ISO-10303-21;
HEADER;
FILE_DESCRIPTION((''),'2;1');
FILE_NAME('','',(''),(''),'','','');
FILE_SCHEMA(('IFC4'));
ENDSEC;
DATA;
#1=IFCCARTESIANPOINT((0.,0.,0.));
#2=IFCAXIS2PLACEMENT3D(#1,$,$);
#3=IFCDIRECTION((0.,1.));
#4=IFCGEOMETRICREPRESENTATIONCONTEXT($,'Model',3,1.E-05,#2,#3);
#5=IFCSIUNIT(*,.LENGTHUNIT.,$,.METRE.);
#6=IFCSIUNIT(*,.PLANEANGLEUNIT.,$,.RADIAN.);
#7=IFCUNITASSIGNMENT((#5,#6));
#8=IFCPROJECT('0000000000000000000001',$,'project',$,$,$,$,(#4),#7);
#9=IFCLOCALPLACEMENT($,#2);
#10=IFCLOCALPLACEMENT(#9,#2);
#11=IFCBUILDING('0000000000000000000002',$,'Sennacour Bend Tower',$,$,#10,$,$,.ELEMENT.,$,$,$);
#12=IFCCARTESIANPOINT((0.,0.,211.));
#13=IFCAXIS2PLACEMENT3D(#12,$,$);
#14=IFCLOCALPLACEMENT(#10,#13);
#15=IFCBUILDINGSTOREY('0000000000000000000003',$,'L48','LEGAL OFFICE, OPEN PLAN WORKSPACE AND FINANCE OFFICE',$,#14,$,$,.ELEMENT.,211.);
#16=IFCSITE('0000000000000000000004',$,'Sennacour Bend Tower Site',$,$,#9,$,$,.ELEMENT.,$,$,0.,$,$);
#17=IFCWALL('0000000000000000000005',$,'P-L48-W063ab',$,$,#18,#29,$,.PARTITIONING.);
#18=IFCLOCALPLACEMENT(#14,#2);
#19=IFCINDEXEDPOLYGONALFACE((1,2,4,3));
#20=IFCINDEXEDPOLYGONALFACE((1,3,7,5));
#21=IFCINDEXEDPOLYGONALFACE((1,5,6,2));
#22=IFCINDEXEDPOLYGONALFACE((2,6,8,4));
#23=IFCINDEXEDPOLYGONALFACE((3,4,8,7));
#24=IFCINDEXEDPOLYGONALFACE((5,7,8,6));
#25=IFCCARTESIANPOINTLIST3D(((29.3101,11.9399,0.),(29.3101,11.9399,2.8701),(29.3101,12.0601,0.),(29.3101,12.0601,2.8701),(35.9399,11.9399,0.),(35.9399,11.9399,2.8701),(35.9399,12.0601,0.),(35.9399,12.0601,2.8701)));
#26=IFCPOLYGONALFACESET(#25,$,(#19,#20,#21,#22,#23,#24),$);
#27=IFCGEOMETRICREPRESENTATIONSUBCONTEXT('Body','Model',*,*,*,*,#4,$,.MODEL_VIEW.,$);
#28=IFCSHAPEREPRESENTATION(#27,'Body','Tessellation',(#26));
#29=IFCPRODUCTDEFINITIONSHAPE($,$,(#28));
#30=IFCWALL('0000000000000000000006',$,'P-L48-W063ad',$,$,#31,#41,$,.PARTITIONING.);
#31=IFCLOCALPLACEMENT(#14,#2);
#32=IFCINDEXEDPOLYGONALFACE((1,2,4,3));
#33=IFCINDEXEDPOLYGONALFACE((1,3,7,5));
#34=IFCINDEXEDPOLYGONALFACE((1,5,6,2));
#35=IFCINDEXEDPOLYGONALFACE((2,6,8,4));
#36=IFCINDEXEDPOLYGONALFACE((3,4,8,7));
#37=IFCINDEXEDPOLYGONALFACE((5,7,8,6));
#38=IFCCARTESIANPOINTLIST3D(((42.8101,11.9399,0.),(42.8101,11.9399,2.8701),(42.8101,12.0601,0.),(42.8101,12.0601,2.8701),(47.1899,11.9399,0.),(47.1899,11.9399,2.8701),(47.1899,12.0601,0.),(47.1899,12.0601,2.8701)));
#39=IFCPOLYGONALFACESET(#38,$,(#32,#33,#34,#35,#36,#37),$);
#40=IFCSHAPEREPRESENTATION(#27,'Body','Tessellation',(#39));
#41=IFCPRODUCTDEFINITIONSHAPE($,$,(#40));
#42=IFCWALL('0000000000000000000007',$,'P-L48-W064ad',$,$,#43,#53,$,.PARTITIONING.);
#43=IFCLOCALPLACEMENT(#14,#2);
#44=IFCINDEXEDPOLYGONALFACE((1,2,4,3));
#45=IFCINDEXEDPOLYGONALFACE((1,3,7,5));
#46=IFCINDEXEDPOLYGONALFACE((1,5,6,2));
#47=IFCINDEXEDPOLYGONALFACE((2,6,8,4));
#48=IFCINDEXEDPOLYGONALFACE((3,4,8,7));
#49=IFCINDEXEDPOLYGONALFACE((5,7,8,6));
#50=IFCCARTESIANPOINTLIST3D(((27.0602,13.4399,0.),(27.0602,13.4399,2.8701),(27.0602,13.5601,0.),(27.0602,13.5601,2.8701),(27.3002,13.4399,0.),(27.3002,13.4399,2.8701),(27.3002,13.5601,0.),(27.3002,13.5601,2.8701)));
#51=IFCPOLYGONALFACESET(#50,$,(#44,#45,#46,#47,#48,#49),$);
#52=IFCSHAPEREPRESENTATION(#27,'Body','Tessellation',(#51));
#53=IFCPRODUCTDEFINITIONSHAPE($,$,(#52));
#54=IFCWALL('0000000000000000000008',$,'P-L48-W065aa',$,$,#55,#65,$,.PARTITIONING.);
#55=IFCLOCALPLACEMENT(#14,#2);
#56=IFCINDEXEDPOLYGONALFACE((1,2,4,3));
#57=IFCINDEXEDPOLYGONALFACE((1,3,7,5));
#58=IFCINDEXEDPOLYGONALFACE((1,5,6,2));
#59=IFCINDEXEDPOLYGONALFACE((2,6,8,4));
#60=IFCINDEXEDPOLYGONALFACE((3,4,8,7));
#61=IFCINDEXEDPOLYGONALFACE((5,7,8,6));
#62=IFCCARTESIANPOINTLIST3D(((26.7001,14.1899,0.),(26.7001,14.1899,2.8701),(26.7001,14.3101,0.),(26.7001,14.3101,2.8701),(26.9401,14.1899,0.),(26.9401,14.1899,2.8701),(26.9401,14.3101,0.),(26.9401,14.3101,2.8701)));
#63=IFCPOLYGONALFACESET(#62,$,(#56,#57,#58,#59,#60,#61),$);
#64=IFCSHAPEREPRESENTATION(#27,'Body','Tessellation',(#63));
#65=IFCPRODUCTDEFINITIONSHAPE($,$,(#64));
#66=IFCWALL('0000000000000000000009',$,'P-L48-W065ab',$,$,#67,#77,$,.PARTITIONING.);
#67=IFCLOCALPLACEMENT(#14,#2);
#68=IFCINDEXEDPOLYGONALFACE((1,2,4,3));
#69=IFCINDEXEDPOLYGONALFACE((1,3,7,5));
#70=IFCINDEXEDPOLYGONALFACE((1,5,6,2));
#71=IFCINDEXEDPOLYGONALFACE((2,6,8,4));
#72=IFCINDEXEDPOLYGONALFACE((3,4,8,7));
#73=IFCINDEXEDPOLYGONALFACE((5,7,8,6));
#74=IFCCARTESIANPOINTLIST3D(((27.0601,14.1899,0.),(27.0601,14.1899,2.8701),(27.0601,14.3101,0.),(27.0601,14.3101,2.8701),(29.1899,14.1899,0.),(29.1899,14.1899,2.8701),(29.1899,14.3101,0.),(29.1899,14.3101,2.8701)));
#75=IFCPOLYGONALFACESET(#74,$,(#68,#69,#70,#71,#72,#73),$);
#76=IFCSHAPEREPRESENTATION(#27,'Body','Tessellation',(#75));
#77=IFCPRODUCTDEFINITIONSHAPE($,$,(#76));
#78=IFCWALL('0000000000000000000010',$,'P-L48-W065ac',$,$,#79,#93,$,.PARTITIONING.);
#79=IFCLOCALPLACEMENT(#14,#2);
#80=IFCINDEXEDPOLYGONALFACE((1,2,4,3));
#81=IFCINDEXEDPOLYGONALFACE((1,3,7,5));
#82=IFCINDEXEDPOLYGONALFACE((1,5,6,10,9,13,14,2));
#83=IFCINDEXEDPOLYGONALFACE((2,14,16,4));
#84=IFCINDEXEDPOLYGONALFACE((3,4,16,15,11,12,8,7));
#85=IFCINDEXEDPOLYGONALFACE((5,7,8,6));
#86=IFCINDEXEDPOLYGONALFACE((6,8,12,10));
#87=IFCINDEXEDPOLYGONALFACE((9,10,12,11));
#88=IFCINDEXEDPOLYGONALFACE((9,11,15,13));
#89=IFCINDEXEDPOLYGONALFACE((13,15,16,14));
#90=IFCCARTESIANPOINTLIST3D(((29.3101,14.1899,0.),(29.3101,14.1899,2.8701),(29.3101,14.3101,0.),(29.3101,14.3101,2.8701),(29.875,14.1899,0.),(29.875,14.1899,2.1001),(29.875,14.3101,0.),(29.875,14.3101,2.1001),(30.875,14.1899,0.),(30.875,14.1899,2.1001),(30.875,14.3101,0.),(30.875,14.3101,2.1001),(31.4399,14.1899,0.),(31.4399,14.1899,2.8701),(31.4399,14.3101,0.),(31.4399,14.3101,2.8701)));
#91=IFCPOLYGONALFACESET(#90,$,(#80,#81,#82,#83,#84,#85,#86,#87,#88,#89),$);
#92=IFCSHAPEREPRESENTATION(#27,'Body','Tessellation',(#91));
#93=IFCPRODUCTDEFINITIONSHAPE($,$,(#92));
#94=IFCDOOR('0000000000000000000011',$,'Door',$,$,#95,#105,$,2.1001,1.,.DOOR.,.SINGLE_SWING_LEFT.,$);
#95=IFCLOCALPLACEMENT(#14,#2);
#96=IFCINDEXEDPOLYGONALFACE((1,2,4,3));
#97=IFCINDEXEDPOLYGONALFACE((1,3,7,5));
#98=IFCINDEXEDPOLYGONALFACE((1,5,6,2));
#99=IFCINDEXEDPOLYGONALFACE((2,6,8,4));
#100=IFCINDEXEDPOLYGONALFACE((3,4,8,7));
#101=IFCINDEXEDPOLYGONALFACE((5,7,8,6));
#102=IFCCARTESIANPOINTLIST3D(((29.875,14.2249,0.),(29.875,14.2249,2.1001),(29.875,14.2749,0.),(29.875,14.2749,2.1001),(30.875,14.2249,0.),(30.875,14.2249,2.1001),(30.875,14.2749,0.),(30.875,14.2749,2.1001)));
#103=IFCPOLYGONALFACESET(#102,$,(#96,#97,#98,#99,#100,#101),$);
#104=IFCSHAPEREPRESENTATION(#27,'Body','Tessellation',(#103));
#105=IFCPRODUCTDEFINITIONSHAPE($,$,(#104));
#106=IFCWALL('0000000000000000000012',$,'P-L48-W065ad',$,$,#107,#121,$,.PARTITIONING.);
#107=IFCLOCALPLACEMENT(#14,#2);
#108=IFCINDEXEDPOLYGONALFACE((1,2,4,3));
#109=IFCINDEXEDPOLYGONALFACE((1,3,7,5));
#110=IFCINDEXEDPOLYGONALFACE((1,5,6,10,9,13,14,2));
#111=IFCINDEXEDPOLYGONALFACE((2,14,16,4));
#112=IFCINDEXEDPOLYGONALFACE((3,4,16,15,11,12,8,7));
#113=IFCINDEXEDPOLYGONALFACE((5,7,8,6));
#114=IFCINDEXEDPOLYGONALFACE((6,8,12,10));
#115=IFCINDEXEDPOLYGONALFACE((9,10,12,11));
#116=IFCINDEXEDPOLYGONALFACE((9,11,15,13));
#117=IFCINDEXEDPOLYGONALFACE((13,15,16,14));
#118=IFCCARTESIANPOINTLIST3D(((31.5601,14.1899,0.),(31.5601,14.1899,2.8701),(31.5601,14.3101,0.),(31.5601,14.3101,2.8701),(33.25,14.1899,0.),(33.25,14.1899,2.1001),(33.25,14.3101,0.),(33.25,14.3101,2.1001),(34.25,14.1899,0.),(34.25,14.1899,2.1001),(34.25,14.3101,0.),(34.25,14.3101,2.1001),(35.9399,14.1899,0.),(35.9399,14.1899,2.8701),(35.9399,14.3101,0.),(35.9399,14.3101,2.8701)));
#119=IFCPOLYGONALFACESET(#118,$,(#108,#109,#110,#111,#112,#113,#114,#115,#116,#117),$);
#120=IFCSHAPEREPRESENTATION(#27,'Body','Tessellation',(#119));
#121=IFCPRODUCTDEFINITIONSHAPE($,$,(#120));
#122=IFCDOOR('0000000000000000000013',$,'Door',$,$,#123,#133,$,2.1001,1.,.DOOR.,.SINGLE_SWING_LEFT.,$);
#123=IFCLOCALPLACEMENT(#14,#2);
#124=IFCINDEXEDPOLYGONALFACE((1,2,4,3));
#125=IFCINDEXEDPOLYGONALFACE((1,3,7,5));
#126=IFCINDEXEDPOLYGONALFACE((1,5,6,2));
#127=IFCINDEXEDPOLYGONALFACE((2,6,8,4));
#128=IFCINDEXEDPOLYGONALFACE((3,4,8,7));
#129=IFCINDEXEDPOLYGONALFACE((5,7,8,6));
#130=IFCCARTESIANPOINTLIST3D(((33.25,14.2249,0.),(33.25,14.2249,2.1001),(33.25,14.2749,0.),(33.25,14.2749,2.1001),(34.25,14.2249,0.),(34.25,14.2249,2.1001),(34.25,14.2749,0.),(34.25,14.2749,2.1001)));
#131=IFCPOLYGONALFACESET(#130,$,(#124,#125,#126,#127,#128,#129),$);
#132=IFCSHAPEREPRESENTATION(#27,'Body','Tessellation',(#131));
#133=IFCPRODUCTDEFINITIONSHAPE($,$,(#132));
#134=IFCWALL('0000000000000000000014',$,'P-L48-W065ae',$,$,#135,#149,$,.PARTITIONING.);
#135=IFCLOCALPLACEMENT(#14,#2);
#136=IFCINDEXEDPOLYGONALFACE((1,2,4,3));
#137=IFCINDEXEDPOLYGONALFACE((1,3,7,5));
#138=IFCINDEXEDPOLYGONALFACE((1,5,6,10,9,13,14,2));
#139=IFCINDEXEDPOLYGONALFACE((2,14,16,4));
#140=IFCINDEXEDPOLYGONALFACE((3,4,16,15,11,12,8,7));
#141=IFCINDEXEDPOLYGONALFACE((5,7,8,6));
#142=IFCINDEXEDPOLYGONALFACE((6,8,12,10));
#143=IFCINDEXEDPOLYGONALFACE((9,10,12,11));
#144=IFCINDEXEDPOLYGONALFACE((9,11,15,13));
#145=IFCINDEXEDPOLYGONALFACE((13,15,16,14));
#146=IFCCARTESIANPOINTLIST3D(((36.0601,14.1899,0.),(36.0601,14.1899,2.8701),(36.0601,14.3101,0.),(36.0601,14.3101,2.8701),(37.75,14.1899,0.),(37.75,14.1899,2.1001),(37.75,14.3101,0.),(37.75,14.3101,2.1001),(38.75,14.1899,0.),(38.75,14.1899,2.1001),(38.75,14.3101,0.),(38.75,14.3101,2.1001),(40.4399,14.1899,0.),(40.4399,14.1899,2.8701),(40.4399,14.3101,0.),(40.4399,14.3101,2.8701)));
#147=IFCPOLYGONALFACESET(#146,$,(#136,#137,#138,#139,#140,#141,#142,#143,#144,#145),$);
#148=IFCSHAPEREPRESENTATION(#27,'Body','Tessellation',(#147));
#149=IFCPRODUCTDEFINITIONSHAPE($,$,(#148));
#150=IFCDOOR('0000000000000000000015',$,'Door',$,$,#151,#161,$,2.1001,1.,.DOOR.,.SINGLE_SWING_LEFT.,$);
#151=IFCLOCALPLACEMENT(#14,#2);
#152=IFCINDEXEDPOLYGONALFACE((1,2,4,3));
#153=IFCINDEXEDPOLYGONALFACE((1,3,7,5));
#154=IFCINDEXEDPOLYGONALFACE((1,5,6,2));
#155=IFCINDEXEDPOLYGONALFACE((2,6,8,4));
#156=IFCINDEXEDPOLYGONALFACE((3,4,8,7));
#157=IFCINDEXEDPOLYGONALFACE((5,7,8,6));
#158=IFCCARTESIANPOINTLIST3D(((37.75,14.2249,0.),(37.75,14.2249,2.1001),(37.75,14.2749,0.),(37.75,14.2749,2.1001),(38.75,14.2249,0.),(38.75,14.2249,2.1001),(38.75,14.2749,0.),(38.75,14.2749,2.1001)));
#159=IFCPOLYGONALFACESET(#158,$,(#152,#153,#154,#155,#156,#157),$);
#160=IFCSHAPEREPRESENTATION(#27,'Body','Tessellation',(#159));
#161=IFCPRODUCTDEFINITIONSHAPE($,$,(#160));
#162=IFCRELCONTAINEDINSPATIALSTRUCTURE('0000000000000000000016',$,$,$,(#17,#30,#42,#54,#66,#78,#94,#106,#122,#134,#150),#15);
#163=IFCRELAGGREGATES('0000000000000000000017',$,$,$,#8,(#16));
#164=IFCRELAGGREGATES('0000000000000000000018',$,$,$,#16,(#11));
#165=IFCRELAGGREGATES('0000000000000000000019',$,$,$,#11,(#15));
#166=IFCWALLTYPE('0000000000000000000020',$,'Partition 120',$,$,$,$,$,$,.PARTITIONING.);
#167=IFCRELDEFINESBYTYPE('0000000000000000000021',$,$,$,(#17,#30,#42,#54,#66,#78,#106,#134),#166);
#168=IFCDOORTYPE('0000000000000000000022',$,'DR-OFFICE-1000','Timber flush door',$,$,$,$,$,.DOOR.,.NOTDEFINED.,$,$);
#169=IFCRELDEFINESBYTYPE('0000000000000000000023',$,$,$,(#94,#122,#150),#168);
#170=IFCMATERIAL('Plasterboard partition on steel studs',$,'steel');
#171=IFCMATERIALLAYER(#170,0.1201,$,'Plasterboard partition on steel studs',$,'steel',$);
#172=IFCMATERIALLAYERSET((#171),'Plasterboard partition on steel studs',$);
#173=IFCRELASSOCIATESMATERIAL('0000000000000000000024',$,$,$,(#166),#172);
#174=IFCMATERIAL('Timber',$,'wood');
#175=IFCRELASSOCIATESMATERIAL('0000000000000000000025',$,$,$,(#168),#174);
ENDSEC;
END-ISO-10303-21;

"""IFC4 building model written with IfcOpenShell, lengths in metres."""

from ifc_helpers import new_model, si_unit, direction, frame, frame_2d, origin, place, context, subcontext, project, spatial, rectangle, extrude, material, layer, layer_set, type_object, element, fill, save


model = new_model("IFC4")

# Units and contexts
model_context = context("Model", 3, precision=1e-05, world=origin(), true_north=direction((0.0, 1.0)))
body_context = subcontext(model_context, "Body", "Model", "MODEL_VIEW")
ifc_project = project(units=[si_unit("LENGTHUNIT", "METRE"), si_unit("PLANEANGLEUNIT", "RADIAN")], contexts=[model_context])

# Site, building, storey
site_placement = place(None, origin())
site = spatial("IfcSite", under=ifc_project, at=site_placement, Name="Sennacour Bend Tower Site", CompositionType="ELEMENT", RefElevation=0.0)
building_placement = place(site_placement, origin())
building = spatial("IfcBuilding", under=site, at=building_placement, Name="Sennacour Bend Tower", CompositionType="ELEMENT")
storey_placement = place(building_placement, frame((0.0, 0.0, 211.0)))
storey = spatial("IfcBuildingStorey", under=building, at=storey_placement, Name="L48", Description="LEGAL OFFICE, OPEN PLAN WORKSPACE AND FINANCE OFFICE", CompositionType="ELEMENT", Elevation=211.0)

# Walls
ifc_material_1 = material(Name="Plasterboard partition on steel studs", Category="steel")
ifc_layer_1 = layer(ifc_material_1, 0.1201, Name="Plasterboard partition on steel studs", Category="steel")
ifc_layer_set_1 = layer_set([ifc_layer_1], Name="Plasterboard partition on steel studs")
wall_type_1 = type_object("IfcWallType", Name="Partition 120", PredefinedType="PARTITIONING", material=ifc_layer_set_1)
wall_1_placement = place(storey_placement, frame((29.3101, 12.0, 0.0), z_axis=(0.0, 0.0, 1.0), x_axis=(1.0, 0.0, 0.0)))
element("IfcWall", 1, at=wall_1_placement, inside=storey, type_object=wall_type_1, Name="P-L48-W063ab", PredefinedType="PARTITIONING", context=body_context, shape_type="SweptSolid", body=[
    extrude(rectangle(XDim=6.6299, YDim=0.1201, at=frame_2d((3.3149, 0.0))), origin(), (0.0, 0.0, 1.0), 2.8701),
])
wall_2_placement = place(storey_placement, frame((42.8101, 12.0, 0.0), z_axis=(0.0, 0.0, 1.0), x_axis=(1.0, 0.0, 0.0)))
element("IfcWall", 2, at=wall_2_placement, inside=storey, type_object=wall_type_1, Name="P-L48-W063ad", PredefinedType="PARTITIONING", context=body_context, shape_type="SweptSolid", body=[
    extrude(rectangle(XDim=4.3799, YDim=0.1201, at=frame_2d((2.1899, 0.0))), origin(), (0.0, 0.0, 1.0), 2.8701),
])
for number, where, z_axis, x_axis, name in (
    (3, (27.0601, 13.5, 0.0), (0.0, 0.0, 1.0), (1.0, 0.0, 0.0), "P-L48-W064ad"),
    (4, (26.7, 14.25, 0.0), (0.0, 0.0, 1.0), (1.0, 0.0, 0.0), "P-L48-W065aa"),
):
    element("IfcWall", number, at=place(storey_placement, frame(where, z_axis=z_axis, x_axis=x_axis)), inside=storey, type_object=wall_type_1, Name=name, PredefinedType="PARTITIONING", context=body_context, shape_type="SweptSolid", body=[
        extrude(rectangle(XDim=0.24, YDim=0.1201, at=frame_2d((0.1201, 0.0))), origin(), (0.0, 0.0, 1.0), 2.8701),
    ])
wall_3_placement = place(storey_placement, frame((27.0601, 14.25, 0.0), z_axis=(0.0, 0.0, 1.0), x_axis=(1.0, 0.0, 0.0)))
element("IfcWall", 5, at=wall_3_placement, inside=storey, type_object=wall_type_1, Name="P-L48-W065ab", PredefinedType="PARTITIONING", context=body_context, shape_type="SweptSolid", body=[
    extrude(rectangle(XDim=2.1299, YDim=0.1201, at=frame_2d((1.0649, 0.0))), origin(), (0.0, 0.0, 1.0), 2.8701),
])

# Walls, openings, doors
wall_4_placement = place(storey_placement, frame((29.3101, 14.25, 0.0), z_axis=(0.0, 0.0, 1.0), x_axis=(1.0, 0.0, 0.0)))
wall_4 = element("IfcWall", 6, at=wall_4_placement, inside=storey, type_object=wall_type_1, Name="P-L48-W065ac", PredefinedType="PARTITIONING", context=body_context, shape_type="SweptSolid", body=[
    extrude(rectangle(XDim=2.1299, YDim=0.1201, at=frame_2d((1.0649, 0.0))), origin(), (0.0, 0.0, 1.0), 2.8701),
])
opening_1_placement = place(wall_4_placement, frame((0.5649, 0.0, 0.0)))
opening_1 = element("IfcOpeningElement", 7, at=opening_1_placement, cuts=wall_4, PredefinedType="OPENING", context=body_context, shape_type="SweptSolid", body=[
    extrude(rectangle(XDim=1.0, YDim=2.1001, at=frame_2d((0.5, 1.05))), frame((0.0, 0.0701, 0.0), z_axis=(0.0, -1.0, 0.0), x_axis=(1.0, 0.0, 0.0)), (0.0, 0.0, 1.0), 0.1401),
])
ifc_material_2 = material(Name="Timber", Category="wood")
door_type_1 = type_object("IfcDoorType", Name="DR-OFFICE-1000", Description="Timber flush door", OperationType="NOTDEFINED", PredefinedType="DOOR", material=ifc_material_2)
door_1_placement = place(opening_1_placement, origin())
door_1 = element("IfcDoor", 8, at=door_1_placement, inside=storey, type_object=door_type_1, Name="Door", OperationType="SINGLE_SWING_LEFT", OverallHeight=2.1001, OverallWidth=1.0, PredefinedType="DOOR", context=body_context, shape_type="SweptSolid", body=[
    extrude(rectangle(XDim=1.0, YDim=2.1001, at=frame_2d((0.5, 1.05))), frame((0.0, 0.0249, 0.0), z_axis=(0.0, -1.0, 0.0), x_axis=(1.0, 0.0, 0.0)), (0.0, 0.0, 1.0), 0.05),
])
fill(opening_1, door_1)
wall_5_placement = place(storey_placement, frame((31.5601, 14.25, 0.0), z_axis=(0.0, 0.0, 1.0), x_axis=(1.0, 0.0, 0.0)))
wall_5 = element("IfcWall", 9, at=wall_5_placement, inside=storey, type_object=wall_type_1, Name="P-L48-W065ad", PredefinedType="PARTITIONING", context=body_context, shape_type="SweptSolid", body=[
    extrude(rectangle(XDim=4.3799, YDim=0.1201, at=frame_2d((2.1899, 0.0))), origin(), (0.0, 0.0, 1.0), 2.8701),
])
opening_2_placement = place(wall_5_placement, frame((1.6899, 0.0, 0.0)))
opening_2 = element("IfcOpeningElement", 10, at=opening_2_placement, cuts=wall_5, PredefinedType="OPENING", context=body_context, shape_type="SweptSolid", body=[
    extrude(rectangle(XDim=1.0, YDim=2.1001, at=frame_2d((0.5, 1.05))), frame((0.0, 0.0701, 0.0), z_axis=(0.0, -1.0, 0.0), x_axis=(1.0, 0.0, 0.0)), (0.0, 0.0, 1.0), 0.1401),
])
door_2_placement = place(opening_2_placement, origin())
door_2 = element("IfcDoor", 11, at=door_2_placement, inside=storey, type_object=door_type_1, Name="Door", OperationType="SINGLE_SWING_LEFT", OverallHeight=2.1001, OverallWidth=1.0, PredefinedType="DOOR", context=body_context, shape_type="SweptSolid", body=[
    extrude(rectangle(XDim=1.0, YDim=2.1001, at=frame_2d((0.5, 1.05))), frame((0.0, 0.0249, 0.0), z_axis=(0.0, -1.0, 0.0), x_axis=(1.0, 0.0, 0.0)), (0.0, 0.0, 1.0), 0.05),
])
fill(opening_2, door_2)
wall_6_placement = place(storey_placement, frame((36.0601, 14.25, 0.0), z_axis=(0.0, 0.0, 1.0), x_axis=(1.0, 0.0, 0.0)))
wall_6 = element("IfcWall", 12, at=wall_6_placement, inside=storey, type_object=wall_type_1, Name="P-L48-W065ae", PredefinedType="PARTITIONING", context=body_context, shape_type="SweptSolid", body=[
    extrude(rectangle(XDim=4.3799, YDim=0.1201, at=frame_2d((2.1899, 0.0))), origin(), (0.0, 0.0, 1.0), 2.8701),
])
opening_3_placement = place(wall_6_placement, frame((1.6899, 0.0, 0.0)))
opening_3 = element("IfcOpeningElement", 13, at=opening_3_placement, cuts=wall_6, PredefinedType="OPENING", context=body_context, shape_type="SweptSolid", body=[
    extrude(rectangle(XDim=1.0, YDim=2.1001, at=frame_2d((0.5, 1.05))), frame((0.0, 0.0701, 0.0), z_axis=(0.0, -1.0, 0.0), x_axis=(1.0, 0.0, 0.0)), (0.0, 0.0, 1.0), 0.1401),
])
door_3_placement = place(opening_3_placement, origin())
door_3 = element("IfcDoor", 14, at=door_3_placement, inside=storey, type_object=door_type_1, Name="Door", OperationType="SINGLE_SWING_LEFT", OverallHeight=2.1001, OverallWidth=1.0, PredefinedType="DOOR", context=body_context, shape_type="SweptSolid", body=[
    extrude(rectangle(XDim=1.0, YDim=2.1001, at=frame_2d((0.5, 1.05))), frame((0.0, 0.0249, 0.0), z_axis=(0.0, -1.0, 0.0), x_axis=(1.0, 0.0, 0.0)), (0.0, 0.0, 1.0), 0.05),
])
fill(opening_3, door_3)

save(model, "model.ifc")
